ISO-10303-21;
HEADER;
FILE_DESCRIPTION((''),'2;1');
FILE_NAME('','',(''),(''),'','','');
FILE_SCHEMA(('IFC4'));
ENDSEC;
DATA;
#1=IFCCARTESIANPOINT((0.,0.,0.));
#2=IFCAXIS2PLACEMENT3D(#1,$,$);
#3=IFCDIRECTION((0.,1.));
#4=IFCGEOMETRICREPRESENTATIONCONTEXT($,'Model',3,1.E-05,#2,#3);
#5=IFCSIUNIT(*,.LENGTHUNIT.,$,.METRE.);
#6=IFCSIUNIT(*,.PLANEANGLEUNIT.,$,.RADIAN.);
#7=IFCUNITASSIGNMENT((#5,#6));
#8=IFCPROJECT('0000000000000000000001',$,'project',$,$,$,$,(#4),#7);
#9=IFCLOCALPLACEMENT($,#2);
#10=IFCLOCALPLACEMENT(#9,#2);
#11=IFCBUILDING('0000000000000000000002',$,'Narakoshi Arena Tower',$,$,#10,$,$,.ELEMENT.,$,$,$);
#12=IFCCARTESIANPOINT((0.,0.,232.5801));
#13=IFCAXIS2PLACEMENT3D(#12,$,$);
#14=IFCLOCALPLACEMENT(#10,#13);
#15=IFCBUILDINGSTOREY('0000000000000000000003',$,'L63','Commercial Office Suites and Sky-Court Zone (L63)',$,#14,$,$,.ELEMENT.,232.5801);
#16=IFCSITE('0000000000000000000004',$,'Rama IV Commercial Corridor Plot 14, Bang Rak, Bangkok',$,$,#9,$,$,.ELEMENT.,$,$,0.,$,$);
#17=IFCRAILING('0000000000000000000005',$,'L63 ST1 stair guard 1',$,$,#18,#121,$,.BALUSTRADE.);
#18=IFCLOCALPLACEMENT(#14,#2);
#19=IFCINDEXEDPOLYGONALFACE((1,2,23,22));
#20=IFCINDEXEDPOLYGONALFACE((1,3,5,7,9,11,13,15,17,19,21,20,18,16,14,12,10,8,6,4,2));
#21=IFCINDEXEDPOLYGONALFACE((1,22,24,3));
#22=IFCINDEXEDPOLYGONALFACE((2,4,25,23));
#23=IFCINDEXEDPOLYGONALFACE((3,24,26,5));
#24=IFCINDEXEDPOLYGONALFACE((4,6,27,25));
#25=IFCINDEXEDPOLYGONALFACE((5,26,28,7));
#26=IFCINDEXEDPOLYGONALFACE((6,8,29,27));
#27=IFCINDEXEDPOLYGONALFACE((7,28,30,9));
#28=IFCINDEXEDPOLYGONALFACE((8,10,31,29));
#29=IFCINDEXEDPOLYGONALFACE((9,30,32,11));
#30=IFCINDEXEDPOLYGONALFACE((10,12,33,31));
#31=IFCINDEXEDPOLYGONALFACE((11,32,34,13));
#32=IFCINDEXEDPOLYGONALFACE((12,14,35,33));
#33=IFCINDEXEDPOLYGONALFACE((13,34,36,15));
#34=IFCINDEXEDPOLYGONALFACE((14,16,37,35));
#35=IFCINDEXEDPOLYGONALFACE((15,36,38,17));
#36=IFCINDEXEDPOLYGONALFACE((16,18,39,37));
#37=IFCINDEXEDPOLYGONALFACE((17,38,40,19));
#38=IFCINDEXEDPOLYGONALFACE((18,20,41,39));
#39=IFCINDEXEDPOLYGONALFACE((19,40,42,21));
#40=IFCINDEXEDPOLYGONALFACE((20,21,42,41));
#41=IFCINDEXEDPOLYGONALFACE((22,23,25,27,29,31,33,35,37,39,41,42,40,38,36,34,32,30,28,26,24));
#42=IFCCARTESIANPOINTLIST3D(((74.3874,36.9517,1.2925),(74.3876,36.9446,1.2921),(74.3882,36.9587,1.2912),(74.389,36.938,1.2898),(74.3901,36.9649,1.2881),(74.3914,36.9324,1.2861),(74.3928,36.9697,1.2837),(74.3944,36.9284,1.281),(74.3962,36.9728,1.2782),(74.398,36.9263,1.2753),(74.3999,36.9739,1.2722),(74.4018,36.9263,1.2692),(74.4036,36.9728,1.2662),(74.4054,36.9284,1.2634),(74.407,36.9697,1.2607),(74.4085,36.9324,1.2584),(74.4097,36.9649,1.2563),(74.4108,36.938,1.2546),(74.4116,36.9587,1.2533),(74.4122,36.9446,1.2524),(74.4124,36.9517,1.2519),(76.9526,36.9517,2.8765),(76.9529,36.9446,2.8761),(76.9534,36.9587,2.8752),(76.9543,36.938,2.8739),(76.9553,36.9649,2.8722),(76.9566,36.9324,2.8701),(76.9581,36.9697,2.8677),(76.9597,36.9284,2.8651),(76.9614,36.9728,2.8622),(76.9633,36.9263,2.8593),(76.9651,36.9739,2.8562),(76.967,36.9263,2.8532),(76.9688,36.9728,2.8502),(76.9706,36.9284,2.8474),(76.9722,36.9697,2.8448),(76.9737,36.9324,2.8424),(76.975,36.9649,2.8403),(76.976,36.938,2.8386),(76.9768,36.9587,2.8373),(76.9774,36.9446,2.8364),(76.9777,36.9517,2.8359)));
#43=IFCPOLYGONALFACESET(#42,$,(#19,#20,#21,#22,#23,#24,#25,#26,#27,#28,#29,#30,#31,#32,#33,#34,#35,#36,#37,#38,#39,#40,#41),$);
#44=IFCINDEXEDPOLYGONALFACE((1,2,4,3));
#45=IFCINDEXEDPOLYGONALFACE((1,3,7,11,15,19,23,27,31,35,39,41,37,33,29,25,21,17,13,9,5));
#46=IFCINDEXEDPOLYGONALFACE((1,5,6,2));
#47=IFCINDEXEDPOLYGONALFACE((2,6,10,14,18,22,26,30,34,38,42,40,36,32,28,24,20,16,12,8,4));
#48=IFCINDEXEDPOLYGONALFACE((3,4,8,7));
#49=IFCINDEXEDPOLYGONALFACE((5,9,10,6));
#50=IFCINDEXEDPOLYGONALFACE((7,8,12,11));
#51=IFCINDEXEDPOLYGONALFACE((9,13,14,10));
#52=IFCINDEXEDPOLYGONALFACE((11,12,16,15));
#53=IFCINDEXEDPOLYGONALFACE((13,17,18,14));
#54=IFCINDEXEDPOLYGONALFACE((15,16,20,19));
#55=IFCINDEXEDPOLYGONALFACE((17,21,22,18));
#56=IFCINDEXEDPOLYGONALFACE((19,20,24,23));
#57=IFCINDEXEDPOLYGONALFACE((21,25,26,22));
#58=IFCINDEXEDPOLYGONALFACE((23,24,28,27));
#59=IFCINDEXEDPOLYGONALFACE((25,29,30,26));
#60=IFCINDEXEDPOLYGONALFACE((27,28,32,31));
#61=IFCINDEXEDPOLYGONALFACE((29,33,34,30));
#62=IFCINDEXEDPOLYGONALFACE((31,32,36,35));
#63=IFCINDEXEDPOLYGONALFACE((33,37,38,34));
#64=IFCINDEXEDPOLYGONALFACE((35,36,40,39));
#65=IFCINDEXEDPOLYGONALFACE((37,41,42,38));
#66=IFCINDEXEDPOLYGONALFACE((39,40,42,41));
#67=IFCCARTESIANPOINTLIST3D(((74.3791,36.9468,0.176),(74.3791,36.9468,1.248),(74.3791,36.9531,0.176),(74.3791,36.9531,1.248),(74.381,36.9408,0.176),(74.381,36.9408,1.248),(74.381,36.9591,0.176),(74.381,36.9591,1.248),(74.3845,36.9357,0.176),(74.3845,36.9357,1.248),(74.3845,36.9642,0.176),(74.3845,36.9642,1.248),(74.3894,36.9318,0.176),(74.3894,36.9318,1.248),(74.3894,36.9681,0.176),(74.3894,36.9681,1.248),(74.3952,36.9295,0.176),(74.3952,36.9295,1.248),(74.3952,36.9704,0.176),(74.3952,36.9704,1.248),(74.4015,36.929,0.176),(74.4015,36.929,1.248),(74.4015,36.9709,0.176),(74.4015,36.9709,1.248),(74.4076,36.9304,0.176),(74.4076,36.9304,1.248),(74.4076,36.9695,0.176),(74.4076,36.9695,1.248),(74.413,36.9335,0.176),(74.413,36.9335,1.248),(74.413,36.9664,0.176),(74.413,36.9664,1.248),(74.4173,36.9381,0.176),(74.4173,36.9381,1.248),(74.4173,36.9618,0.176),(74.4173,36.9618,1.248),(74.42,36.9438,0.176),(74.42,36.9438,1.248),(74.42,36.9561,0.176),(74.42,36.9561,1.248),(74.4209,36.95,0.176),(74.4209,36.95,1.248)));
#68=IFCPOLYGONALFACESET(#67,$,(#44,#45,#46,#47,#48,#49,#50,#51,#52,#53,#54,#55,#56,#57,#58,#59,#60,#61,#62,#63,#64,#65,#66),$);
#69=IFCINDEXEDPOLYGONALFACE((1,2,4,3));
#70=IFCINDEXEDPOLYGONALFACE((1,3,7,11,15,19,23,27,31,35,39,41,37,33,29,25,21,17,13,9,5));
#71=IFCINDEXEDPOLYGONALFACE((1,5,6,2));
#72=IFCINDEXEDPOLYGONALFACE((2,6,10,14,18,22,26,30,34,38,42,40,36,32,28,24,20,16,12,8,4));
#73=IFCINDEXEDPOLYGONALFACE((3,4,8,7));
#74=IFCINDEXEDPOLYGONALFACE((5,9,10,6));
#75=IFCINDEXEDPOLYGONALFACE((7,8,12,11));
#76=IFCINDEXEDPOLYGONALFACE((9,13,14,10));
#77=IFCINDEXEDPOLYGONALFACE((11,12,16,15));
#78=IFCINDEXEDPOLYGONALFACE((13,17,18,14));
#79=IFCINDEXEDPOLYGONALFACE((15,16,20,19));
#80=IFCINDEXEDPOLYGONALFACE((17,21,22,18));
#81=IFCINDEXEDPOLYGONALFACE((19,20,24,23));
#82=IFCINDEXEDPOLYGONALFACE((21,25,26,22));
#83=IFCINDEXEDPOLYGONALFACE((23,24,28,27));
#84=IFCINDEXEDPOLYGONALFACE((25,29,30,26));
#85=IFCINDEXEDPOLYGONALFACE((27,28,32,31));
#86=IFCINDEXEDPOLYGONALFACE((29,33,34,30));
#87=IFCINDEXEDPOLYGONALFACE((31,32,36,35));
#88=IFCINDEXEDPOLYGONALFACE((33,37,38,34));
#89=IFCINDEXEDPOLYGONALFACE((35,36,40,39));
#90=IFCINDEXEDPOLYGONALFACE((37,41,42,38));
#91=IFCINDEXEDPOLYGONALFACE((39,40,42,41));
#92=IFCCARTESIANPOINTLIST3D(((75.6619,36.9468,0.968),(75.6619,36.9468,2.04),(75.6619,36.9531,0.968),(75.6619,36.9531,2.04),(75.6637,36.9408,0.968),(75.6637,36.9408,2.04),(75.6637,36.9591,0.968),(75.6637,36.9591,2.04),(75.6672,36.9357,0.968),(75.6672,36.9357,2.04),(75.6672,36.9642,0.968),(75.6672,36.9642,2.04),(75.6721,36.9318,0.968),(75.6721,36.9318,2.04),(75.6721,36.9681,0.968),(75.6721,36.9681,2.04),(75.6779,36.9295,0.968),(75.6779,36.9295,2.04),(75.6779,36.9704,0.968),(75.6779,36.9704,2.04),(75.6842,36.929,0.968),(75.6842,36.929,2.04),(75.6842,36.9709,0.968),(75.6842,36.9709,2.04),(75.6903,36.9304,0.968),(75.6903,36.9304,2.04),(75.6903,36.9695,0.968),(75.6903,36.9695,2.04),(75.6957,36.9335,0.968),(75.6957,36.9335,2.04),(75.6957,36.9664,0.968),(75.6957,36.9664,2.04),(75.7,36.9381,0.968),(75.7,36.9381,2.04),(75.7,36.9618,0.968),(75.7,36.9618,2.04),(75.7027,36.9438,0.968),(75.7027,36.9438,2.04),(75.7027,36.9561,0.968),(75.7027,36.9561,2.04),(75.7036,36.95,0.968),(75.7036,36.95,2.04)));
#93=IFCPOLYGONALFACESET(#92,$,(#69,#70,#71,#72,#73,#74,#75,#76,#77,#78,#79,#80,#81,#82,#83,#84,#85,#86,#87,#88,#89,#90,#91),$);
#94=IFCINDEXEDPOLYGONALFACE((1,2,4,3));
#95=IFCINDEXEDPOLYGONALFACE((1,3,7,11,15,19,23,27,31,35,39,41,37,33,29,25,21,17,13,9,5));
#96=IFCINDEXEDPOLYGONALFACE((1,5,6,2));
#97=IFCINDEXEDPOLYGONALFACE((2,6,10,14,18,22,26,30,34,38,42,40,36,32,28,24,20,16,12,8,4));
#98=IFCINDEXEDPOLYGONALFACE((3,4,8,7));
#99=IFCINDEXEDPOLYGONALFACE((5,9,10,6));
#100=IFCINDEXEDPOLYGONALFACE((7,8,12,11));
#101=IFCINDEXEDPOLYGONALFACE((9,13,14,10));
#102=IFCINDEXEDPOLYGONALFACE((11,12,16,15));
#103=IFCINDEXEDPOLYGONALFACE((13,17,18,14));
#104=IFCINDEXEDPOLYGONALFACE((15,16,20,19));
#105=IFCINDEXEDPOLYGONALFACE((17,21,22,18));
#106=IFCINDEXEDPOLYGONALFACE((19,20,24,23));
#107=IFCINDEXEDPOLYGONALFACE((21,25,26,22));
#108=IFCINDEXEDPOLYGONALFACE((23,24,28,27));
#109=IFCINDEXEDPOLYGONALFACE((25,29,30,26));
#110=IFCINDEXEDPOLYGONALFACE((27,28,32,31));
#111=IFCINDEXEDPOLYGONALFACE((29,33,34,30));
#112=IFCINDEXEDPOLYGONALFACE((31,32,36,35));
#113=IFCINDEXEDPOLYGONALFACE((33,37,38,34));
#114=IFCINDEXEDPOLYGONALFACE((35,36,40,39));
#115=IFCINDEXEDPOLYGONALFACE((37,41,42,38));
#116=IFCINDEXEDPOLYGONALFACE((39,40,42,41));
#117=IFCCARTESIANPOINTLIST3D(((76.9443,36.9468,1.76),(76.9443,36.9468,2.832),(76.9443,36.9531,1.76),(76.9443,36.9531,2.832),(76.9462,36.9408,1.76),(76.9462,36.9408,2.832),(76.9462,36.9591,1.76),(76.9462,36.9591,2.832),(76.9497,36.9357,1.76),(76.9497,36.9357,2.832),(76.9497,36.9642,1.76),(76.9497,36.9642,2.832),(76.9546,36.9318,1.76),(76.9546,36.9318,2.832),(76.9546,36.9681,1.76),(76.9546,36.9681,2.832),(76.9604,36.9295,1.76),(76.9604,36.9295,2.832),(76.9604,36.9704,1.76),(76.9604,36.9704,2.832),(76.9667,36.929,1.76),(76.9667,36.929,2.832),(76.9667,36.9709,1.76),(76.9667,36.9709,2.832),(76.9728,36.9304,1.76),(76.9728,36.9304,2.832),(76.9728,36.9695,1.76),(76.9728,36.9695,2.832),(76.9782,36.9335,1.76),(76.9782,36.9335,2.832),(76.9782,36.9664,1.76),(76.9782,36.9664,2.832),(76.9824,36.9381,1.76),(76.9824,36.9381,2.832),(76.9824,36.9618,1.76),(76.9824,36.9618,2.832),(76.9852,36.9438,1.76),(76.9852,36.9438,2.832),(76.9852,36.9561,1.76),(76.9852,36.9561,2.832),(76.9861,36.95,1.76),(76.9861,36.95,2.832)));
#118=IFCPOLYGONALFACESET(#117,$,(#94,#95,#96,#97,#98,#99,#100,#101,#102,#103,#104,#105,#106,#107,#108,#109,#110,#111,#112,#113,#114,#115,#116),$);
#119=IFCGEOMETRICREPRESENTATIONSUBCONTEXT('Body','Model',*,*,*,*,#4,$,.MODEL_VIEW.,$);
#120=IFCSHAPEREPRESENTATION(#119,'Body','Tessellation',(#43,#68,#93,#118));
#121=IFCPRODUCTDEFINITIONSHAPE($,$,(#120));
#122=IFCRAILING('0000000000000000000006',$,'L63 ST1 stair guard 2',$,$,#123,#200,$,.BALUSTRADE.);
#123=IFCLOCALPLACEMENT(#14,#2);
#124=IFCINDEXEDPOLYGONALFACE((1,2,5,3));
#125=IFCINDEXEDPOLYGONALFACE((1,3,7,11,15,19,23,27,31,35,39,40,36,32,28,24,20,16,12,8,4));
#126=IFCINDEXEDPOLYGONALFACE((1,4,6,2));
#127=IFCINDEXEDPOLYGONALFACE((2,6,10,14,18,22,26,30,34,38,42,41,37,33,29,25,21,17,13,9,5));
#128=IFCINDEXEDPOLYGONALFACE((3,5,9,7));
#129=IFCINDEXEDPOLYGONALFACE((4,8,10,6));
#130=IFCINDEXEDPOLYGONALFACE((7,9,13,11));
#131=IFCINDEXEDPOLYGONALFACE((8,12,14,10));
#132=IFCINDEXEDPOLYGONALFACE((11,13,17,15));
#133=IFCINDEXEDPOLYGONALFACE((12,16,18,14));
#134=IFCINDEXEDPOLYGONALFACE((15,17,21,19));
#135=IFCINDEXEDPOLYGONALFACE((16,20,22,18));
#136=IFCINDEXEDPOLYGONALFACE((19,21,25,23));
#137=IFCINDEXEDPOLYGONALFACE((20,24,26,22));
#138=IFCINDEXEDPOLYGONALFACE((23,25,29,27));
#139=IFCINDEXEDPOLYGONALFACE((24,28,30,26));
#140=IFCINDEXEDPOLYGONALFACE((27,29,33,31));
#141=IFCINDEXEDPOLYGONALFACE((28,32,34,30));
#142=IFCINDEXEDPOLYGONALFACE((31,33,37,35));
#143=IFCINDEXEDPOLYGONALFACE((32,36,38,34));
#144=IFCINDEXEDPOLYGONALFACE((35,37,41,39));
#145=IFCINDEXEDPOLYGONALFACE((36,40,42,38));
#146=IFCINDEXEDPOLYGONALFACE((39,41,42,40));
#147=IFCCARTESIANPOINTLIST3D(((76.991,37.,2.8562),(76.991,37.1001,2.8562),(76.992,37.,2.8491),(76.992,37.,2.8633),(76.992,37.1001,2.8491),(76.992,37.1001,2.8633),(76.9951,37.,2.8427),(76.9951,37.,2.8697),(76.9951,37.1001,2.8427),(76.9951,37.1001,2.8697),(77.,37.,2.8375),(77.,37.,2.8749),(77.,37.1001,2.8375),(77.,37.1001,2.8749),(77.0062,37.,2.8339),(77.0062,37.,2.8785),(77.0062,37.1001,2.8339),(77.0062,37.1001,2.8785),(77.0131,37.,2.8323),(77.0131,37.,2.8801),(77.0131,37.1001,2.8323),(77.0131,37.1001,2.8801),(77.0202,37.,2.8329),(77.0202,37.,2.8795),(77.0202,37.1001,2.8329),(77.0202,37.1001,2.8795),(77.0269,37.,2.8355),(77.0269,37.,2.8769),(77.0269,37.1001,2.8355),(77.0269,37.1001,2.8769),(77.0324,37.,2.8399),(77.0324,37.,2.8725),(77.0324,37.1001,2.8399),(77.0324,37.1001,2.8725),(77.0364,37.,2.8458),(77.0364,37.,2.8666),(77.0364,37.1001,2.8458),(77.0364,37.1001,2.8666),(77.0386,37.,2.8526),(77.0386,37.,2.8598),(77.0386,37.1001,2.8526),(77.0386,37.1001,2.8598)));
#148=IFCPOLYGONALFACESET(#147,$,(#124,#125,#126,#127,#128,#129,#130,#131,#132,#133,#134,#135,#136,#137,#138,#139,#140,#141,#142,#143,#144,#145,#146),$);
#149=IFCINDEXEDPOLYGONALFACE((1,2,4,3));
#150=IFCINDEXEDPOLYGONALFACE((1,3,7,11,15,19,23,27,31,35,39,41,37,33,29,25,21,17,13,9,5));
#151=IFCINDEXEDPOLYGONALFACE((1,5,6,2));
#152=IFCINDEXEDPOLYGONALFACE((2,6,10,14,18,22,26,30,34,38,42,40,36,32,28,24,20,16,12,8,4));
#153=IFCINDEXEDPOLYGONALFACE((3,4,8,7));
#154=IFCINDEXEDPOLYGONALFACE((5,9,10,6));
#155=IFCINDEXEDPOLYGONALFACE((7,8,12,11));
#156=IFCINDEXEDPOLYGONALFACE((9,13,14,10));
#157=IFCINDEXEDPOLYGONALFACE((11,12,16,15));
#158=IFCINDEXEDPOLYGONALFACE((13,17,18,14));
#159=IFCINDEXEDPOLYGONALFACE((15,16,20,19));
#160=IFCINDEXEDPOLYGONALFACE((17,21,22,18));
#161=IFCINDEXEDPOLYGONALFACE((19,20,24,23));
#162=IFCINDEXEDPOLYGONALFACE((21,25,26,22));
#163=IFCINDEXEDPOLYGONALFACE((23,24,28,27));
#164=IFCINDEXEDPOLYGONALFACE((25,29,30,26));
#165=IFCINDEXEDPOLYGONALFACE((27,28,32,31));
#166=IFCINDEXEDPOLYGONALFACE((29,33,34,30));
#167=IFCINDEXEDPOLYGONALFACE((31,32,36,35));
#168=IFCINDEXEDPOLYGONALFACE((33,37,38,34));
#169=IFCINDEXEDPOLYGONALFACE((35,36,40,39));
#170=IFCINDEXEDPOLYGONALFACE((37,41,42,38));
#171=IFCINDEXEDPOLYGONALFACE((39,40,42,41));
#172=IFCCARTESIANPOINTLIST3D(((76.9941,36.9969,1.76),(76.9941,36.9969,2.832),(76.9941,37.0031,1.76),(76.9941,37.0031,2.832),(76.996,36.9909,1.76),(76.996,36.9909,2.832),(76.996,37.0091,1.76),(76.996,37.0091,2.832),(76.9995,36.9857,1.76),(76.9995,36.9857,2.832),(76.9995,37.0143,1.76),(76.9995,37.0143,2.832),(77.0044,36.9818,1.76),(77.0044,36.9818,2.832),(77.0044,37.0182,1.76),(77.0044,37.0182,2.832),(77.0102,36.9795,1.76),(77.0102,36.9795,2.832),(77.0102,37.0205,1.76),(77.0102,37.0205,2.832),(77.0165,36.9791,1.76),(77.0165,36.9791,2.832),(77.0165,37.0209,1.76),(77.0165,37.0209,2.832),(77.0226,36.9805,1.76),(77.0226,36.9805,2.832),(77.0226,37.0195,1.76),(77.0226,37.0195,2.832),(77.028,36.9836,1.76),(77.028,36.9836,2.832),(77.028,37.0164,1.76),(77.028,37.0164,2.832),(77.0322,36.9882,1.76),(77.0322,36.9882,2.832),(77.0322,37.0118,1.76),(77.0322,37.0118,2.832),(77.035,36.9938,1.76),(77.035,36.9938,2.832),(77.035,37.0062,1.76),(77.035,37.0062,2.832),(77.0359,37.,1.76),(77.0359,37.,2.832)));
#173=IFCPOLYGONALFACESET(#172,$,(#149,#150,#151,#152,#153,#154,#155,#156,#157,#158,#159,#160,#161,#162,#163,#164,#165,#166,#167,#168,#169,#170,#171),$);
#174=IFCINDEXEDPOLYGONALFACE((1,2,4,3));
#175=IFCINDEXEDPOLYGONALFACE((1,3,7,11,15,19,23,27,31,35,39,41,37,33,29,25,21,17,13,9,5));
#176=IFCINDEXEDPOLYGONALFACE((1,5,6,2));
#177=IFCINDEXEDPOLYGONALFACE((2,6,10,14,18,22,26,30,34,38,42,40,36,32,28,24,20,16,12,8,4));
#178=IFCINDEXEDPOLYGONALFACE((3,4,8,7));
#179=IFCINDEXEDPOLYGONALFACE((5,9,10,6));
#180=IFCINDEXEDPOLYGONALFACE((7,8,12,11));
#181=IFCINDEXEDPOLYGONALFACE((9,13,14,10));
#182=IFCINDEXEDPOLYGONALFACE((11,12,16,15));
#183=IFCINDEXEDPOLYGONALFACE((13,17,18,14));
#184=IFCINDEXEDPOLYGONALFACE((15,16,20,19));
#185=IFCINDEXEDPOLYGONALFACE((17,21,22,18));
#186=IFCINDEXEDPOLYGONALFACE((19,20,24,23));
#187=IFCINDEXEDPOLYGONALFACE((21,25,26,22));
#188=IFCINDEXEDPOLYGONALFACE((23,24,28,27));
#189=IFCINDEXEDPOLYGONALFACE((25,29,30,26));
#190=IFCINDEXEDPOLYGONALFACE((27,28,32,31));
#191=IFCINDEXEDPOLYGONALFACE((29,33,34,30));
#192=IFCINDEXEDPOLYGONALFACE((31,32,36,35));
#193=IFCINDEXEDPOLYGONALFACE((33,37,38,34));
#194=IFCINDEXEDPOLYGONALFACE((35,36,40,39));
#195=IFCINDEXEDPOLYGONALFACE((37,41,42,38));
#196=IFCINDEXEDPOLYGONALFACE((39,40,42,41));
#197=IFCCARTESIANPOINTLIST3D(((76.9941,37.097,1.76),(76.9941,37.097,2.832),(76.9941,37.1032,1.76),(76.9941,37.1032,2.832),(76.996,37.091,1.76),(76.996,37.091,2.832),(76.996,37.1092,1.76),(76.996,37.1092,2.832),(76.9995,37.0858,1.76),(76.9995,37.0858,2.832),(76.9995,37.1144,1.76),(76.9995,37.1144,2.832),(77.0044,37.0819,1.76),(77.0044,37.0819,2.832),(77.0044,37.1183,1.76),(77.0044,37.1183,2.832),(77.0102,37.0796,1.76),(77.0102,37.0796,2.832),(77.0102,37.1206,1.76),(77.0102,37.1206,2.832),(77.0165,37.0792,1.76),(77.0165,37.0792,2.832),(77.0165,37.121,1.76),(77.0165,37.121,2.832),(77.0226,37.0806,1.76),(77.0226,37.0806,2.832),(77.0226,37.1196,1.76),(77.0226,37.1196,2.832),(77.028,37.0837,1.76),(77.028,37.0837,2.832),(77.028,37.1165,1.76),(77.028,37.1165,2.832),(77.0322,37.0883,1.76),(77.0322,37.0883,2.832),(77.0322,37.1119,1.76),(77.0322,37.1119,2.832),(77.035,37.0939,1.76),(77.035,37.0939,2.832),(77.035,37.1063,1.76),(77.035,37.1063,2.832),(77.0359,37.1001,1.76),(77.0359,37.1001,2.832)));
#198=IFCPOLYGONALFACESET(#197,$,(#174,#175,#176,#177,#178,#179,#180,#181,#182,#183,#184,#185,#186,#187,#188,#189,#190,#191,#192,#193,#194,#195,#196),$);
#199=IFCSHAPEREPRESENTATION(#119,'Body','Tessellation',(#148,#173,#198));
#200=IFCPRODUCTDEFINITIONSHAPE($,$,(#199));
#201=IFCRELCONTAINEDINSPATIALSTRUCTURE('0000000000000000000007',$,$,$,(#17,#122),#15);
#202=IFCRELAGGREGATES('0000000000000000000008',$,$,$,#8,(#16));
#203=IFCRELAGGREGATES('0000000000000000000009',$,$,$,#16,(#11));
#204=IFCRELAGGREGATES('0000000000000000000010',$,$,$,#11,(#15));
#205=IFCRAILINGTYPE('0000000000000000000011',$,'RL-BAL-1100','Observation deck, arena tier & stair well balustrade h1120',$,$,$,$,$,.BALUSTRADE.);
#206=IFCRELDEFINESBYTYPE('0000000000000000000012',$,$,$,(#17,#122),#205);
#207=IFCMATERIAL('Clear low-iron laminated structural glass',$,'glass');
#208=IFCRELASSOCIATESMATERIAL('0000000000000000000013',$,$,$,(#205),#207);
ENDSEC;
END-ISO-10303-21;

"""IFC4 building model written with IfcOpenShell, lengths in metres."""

from ifc_helpers import new_model, si_unit, direction, frame, origin, origin_2d, place, context, subcontext, project, spatial, circle, extrude, material, type_object, element, save


model = new_model("IFC4")

# Units and contexts
model_context = context("Model", 3, precision=1e-05, world=origin(), true_north=direction((0.0, 1.0)))
body_context = subcontext(model_context, "Body", "Model", "MODEL_VIEW")
ifc_project = project(units=[si_unit("LENGTHUNIT", "METRE"), si_unit("PLANEANGLEUNIT", "RADIAN")], contexts=[model_context])

# Site, building, storey
site_placement = place(None, origin())
site = spatial("IfcSite", under=ifc_project, at=site_placement, Name="Rama IV Commercial Corridor Plot 14, Bang Rak, Bangkok", CompositionType="ELEMENT", RefElevation=0.0)
building_placement = place(site_placement, origin())
building = spatial("IfcBuilding", under=site, at=building_placement, Name="Narakoshi Arena Tower", CompositionType="ELEMENT")
storey_placement = place(building_placement, frame((0.0, 0.0, 232.5801)))
storey = spatial("IfcBuildingStorey", under=building, at=storey_placement, Name="L63", Description="Commercial Office Suites and Sky-Court Zone (L63)", CompositionType="ELEMENT", Elevation=232.5801)

# Railings
ifc_material_1 = material(Name="Clear low-iron laminated structural glass", Category="glass")
railing_type_1 = type_object("IfcRailingType", Name="RL-BAL-1100", Description="Observation deck, arena tier & stair well balustrade h1120", PredefinedType="BALUSTRADE", material=ifc_material_1)
railing_1_placement = place(storey_placement, frame((74.3999, 36.95, 0.176)))
element("IfcRailing", 1, at=railing_1_placement, inside=storey, type_object=railing_type_1, Name="L63 ST1 stair guard 1", PredefinedType="BALUSTRADE", context=body_context, shape_type="SweptSolid", body=[
    extrude(circle(Radius=0.0239, at=origin_2d()), frame((0.0, 0.0, 1.0962), z_axis=(0.850857, 0.0, 0.525398), x_axis=(0.0, 1.0, 0.0)), (0.0, 0.0, 1.0), 3.0149),
    extrude(circle(Radius=0.021, at=origin_2d()), origin(), (0.0, 0.0, 1.0), 1.072),
    extrude(circle(Radius=0.021, at=origin_2d()), frame((1.2827, 0.0, 0.792)), (0.0, 0.0, 1.0), 1.072),
    extrude(circle(Radius=0.021, at=origin_2d()), frame((2.5652, 0.0, 1.584)), (0.0, 0.0, 1.0), 1.072),
])
railing_2_placement = place(storey_placement, frame((77.0149, 37.0, 1.76)))
element("IfcRailing", 2, at=railing_2_placement, inside=storey, type_object=railing_type_1, Name="L63 ST1 stair guard 2", PredefinedType="BALUSTRADE", context=body_context, shape_type="SweptSolid", body=[
    extrude(circle(Radius=0.0239, at=origin_2d()), frame((0.0, 0.0, 1.0962), z_axis=(0.0, 1.0, 0.0), x_axis=(-1.0, 0.0, 0.0)), (0.0, 0.0, 1.0), 0.1001),
    extrude(circle(Radius=0.021, at=origin_2d()), origin(), (0.0, 0.0, 1.0), 1.072),
    extrude(circle(Radius=0.021, at=origin_2d()), frame((0.0, 0.1001, 0.0)), (0.0, 0.0, 1.0), 1.072),
])

save(model, "model.ifc")
